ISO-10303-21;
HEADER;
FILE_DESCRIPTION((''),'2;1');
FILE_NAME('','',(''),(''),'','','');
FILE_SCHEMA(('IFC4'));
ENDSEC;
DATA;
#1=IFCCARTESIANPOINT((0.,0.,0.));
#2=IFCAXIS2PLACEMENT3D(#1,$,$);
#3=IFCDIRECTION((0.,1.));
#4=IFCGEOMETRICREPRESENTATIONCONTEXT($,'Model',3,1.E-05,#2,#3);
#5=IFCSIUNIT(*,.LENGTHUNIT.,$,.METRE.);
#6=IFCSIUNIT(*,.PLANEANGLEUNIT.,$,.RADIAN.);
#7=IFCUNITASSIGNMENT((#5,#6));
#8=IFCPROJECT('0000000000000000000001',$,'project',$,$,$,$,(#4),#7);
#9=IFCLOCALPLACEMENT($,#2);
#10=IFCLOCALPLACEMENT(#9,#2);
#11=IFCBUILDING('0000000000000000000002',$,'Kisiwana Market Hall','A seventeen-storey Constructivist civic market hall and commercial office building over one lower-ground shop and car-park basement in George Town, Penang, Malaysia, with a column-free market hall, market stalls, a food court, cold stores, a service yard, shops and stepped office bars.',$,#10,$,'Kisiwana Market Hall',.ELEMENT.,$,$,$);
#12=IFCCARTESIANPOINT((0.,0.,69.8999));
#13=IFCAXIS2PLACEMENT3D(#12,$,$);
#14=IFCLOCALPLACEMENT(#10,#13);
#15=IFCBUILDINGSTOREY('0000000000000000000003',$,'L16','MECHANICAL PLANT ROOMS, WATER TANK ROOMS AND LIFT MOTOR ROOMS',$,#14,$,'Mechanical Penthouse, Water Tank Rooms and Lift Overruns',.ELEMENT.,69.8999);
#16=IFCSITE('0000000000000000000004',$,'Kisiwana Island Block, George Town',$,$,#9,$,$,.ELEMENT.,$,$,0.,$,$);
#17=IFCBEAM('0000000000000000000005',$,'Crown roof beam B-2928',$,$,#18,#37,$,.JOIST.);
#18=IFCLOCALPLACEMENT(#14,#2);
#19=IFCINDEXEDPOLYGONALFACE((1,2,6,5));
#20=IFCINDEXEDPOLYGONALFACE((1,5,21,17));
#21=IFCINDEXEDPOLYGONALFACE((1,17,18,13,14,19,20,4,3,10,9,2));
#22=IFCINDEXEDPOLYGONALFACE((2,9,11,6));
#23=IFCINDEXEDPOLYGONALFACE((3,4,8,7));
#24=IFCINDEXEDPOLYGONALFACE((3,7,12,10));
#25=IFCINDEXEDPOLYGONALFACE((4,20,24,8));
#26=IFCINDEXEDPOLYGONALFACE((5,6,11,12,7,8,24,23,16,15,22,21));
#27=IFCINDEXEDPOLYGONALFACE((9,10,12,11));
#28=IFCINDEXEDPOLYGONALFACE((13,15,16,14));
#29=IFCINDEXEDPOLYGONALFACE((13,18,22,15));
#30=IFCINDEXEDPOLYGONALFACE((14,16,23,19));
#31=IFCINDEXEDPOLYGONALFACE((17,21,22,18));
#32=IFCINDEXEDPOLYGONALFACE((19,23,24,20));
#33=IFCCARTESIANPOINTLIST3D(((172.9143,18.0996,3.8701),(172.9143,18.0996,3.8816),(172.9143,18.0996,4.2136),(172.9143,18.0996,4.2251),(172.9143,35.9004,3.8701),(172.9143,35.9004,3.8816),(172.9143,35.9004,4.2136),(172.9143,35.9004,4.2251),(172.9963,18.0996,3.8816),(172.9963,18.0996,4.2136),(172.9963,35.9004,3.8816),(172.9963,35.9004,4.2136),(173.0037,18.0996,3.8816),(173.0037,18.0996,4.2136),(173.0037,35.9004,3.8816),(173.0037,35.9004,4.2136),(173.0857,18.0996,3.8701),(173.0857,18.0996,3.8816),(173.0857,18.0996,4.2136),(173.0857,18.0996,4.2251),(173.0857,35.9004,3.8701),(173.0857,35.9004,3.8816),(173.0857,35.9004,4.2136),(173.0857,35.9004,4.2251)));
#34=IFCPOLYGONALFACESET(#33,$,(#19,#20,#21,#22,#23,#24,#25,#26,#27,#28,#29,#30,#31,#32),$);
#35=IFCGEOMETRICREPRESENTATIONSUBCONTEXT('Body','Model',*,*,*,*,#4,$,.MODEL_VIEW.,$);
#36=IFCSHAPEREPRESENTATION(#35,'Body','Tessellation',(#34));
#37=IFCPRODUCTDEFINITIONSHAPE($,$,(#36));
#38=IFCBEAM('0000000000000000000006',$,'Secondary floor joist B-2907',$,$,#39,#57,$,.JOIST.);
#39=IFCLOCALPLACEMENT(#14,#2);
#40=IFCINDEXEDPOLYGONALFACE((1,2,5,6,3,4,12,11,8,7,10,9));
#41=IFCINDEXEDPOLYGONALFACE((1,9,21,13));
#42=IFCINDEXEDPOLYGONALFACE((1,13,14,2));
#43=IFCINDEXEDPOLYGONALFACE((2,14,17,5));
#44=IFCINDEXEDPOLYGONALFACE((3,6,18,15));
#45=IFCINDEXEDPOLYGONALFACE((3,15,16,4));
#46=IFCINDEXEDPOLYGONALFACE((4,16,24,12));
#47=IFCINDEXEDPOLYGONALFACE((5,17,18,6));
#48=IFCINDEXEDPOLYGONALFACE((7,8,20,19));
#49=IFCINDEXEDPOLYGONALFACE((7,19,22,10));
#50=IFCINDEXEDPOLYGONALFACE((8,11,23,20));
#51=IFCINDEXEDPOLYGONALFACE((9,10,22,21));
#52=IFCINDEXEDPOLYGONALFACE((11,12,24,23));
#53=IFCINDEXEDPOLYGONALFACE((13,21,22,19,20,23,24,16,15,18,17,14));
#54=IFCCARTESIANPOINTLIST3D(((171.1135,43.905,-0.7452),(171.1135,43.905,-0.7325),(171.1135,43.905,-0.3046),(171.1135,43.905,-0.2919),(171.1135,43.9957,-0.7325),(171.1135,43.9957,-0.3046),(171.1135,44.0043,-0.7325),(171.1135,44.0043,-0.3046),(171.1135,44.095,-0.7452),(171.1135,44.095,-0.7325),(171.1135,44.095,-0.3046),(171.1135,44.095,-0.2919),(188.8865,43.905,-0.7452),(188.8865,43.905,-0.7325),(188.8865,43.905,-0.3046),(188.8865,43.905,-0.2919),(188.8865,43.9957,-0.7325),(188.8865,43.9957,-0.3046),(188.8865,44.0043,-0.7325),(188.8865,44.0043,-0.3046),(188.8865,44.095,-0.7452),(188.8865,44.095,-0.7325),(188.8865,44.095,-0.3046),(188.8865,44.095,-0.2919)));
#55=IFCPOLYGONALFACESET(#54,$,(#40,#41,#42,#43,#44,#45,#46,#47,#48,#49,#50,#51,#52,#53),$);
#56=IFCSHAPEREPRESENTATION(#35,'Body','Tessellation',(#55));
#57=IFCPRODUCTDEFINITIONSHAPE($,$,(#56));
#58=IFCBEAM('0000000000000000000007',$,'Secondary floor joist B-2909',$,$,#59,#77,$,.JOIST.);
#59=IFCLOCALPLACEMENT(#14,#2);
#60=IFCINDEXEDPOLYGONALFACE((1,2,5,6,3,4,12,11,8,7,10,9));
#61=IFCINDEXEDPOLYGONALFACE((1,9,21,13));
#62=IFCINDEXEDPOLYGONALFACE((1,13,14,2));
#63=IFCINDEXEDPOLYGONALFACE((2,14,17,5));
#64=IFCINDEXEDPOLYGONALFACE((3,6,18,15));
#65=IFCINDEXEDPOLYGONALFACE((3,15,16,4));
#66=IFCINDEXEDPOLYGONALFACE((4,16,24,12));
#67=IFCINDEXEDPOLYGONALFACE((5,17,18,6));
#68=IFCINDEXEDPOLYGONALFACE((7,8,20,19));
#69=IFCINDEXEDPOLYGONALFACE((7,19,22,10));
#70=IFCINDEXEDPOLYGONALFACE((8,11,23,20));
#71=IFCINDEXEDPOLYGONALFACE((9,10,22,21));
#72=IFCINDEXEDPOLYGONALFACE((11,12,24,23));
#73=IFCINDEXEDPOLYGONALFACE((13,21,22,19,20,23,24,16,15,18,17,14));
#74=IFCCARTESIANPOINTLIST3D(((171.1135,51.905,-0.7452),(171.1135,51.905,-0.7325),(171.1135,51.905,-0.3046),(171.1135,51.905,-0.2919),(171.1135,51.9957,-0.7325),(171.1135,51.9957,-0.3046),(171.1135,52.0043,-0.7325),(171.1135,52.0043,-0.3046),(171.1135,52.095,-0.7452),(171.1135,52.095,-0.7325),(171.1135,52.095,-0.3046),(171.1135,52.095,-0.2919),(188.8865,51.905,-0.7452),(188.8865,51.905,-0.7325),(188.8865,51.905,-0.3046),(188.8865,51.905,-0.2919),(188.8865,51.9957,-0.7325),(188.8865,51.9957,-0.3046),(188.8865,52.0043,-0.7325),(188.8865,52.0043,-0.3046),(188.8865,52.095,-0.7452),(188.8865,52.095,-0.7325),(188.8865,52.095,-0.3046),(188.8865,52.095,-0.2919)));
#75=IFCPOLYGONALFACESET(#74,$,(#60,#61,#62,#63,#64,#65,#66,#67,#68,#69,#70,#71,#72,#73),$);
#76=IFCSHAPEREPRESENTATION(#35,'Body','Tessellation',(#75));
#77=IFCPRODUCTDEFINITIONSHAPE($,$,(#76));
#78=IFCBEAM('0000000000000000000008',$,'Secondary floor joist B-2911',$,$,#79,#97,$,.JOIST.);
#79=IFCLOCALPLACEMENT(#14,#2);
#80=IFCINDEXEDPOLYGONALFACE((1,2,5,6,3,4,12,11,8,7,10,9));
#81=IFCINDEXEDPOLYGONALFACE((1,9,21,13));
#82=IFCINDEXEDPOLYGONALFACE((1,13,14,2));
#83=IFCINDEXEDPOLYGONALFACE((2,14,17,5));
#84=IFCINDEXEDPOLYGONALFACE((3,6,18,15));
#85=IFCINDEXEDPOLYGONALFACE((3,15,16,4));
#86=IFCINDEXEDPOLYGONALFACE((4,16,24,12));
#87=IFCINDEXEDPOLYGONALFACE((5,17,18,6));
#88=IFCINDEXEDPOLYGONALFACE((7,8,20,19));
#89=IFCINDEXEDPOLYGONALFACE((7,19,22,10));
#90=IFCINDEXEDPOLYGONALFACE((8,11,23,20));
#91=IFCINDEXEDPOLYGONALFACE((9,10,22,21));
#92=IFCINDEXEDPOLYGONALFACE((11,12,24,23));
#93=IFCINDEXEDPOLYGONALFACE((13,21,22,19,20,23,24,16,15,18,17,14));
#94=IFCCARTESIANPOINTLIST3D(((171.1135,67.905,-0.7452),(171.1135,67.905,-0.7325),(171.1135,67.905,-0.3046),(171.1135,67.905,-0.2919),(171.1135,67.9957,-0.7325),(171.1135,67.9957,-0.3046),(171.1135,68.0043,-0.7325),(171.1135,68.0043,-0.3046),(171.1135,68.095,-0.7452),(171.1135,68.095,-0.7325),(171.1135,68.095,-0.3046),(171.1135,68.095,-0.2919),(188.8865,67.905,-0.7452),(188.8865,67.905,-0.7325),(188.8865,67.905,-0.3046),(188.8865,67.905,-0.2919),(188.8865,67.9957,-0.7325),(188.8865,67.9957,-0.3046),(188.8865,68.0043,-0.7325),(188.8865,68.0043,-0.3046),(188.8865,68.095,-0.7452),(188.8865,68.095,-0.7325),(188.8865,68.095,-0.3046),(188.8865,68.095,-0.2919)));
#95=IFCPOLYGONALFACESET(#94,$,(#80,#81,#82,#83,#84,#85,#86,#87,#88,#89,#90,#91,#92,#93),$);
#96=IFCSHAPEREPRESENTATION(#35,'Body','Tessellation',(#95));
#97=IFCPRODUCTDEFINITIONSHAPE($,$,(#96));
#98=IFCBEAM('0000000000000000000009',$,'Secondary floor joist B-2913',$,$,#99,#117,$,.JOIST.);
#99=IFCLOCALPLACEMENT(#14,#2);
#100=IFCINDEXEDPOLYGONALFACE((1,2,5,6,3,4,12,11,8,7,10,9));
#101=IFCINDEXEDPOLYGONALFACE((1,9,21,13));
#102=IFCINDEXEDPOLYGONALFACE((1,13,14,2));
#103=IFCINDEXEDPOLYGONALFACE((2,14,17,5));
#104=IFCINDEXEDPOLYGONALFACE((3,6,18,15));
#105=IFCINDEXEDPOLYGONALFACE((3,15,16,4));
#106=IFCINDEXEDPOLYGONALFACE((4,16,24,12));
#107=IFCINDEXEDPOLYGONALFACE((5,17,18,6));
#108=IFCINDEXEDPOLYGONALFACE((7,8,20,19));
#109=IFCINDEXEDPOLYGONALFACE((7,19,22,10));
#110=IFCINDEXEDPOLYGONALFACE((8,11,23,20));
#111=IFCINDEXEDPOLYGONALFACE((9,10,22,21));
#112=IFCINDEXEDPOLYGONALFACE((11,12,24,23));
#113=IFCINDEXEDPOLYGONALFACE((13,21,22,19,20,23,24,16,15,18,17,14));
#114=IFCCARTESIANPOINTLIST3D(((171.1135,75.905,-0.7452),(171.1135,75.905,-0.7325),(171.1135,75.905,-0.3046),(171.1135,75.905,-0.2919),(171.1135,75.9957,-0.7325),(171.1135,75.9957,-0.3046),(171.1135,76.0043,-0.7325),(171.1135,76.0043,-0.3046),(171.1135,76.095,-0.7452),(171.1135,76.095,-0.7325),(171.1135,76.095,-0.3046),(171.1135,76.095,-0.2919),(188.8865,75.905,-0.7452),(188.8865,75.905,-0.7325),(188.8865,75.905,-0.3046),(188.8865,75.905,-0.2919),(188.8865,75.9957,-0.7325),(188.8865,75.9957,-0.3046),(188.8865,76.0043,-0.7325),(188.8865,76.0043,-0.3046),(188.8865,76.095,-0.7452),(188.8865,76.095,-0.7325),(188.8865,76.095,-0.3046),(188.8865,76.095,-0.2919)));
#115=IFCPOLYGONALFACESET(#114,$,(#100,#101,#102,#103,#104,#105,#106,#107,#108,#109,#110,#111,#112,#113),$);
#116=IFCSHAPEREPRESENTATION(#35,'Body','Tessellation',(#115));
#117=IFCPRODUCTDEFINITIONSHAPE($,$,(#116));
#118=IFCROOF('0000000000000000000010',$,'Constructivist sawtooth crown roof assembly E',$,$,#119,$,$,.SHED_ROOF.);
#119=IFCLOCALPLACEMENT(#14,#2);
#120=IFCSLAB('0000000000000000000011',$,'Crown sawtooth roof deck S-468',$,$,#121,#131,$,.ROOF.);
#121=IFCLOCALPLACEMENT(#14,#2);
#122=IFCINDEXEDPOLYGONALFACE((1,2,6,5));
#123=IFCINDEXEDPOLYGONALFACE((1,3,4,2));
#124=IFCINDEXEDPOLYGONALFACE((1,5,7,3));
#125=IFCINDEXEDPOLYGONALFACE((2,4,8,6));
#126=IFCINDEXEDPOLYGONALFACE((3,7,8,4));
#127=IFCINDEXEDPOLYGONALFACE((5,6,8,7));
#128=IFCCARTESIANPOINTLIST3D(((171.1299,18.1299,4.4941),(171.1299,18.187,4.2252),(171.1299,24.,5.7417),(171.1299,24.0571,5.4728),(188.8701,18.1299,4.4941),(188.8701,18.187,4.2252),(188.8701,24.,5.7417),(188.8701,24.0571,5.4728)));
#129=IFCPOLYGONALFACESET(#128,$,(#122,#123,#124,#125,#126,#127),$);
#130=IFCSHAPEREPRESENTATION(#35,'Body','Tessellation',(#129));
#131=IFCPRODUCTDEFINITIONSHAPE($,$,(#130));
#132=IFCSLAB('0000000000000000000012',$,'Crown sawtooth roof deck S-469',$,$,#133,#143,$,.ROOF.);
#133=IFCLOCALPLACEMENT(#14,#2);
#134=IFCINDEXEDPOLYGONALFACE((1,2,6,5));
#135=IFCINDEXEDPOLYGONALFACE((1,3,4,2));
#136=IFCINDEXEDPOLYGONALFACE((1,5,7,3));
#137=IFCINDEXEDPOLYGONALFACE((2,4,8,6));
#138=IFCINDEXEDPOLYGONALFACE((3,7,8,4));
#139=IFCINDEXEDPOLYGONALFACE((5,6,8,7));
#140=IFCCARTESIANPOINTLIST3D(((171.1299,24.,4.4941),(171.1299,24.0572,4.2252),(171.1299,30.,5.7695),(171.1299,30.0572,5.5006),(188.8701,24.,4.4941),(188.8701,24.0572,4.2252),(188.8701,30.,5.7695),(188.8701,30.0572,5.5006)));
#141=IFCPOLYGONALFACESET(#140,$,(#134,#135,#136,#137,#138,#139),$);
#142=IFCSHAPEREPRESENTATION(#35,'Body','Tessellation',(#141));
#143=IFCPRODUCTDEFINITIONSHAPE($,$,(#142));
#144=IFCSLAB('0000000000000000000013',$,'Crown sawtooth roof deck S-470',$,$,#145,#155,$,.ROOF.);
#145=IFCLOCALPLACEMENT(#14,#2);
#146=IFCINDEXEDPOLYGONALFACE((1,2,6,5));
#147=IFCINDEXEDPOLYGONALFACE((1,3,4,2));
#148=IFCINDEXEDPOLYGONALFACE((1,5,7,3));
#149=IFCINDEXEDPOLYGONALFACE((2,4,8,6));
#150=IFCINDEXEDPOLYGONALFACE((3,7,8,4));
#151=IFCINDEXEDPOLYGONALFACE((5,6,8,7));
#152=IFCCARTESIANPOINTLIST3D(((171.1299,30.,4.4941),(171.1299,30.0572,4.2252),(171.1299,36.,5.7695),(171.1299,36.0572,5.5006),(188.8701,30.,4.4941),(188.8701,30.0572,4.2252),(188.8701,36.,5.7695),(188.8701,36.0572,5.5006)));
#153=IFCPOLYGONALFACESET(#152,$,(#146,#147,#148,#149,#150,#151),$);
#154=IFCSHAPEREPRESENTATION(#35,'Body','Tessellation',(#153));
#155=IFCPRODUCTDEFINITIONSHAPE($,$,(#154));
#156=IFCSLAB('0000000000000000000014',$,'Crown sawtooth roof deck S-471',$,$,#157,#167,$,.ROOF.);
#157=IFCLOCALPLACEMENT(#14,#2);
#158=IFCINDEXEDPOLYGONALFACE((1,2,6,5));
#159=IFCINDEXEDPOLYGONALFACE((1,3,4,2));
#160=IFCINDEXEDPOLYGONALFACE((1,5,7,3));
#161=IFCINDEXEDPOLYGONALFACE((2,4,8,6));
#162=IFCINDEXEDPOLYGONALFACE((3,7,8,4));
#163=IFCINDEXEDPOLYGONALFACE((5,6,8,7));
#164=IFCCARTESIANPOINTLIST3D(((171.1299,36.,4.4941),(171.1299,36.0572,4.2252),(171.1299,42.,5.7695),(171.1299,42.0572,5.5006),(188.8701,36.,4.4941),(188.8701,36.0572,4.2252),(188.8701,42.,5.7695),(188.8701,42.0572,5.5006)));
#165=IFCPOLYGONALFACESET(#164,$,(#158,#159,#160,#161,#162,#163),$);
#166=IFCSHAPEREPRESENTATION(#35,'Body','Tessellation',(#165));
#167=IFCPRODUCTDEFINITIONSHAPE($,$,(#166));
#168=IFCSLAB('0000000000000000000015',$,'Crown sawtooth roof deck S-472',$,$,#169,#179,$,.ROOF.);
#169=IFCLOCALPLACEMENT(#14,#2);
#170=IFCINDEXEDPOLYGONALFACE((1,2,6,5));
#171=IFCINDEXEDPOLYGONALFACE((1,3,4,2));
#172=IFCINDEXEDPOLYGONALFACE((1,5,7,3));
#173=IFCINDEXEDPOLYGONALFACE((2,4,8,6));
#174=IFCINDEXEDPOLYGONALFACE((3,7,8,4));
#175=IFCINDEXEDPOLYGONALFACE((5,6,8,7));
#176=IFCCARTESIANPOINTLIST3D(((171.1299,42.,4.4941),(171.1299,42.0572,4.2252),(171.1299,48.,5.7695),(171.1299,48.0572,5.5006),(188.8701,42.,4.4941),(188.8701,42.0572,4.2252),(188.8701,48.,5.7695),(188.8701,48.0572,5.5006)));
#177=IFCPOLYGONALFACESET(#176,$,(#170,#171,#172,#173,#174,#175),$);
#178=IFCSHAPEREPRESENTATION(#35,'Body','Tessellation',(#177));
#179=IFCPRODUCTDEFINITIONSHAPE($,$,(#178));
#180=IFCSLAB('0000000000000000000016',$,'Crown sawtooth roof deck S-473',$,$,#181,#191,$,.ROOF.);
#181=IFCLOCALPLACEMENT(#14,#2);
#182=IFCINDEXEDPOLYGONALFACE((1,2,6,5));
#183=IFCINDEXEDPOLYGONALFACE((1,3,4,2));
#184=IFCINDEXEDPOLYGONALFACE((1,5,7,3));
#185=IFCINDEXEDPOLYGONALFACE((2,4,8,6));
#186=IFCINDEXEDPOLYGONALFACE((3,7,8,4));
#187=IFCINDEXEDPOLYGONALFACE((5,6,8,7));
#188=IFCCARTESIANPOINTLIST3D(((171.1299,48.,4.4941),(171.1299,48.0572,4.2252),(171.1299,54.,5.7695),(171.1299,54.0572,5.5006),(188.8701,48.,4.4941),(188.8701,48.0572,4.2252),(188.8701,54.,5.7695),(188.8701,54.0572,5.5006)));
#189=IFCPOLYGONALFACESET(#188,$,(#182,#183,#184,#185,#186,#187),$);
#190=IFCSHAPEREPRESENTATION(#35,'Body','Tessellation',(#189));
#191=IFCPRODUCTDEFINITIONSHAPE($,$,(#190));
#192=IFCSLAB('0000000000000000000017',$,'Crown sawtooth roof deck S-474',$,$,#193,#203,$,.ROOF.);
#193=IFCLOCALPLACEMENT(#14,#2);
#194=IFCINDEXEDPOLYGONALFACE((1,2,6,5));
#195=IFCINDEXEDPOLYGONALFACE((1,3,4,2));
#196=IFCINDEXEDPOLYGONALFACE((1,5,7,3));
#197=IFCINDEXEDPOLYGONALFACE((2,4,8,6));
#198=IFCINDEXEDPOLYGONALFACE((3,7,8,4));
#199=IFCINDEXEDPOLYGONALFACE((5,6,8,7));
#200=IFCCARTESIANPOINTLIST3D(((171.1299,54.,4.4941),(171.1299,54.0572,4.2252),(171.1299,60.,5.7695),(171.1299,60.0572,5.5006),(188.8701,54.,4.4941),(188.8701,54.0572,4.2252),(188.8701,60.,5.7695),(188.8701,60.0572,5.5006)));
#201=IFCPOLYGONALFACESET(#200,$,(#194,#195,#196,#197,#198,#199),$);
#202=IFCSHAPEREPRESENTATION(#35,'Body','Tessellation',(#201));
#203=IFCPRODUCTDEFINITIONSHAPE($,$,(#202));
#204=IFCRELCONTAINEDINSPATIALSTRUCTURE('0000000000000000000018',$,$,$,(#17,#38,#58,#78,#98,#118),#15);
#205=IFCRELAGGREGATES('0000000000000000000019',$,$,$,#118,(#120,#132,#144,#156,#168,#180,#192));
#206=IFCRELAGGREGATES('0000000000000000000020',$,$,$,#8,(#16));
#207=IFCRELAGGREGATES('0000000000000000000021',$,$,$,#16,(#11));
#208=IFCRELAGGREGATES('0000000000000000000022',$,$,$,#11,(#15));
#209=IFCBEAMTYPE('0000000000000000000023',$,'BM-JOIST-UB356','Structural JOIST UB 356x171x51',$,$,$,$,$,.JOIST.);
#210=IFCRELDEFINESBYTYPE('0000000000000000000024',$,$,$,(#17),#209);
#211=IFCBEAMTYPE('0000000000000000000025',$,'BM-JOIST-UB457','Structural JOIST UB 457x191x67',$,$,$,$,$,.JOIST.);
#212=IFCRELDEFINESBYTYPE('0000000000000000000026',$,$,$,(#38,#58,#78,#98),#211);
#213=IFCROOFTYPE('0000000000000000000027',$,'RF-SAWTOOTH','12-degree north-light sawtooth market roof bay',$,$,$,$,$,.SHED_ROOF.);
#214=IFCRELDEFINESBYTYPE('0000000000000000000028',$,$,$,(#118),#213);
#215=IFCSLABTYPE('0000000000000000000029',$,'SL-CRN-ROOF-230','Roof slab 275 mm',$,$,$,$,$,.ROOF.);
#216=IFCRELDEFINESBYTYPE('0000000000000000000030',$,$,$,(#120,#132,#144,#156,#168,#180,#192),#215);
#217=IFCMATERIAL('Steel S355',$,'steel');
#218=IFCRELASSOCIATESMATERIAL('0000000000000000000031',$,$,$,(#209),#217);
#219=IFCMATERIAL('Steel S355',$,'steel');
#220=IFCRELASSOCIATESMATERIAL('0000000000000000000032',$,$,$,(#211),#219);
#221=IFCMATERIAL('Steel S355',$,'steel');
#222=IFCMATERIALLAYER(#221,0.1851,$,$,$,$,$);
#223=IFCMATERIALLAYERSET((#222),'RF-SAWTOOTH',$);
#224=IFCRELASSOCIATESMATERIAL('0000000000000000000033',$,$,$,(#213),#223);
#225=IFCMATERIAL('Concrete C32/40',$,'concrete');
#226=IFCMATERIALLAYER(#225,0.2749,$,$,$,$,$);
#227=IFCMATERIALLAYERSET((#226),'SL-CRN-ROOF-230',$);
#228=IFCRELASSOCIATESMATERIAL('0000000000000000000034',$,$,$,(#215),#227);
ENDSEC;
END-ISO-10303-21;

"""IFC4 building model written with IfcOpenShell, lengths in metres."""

from ifc_helpers import new_model, si_unit, direction, frame, origin, origin_2d, place, context, subcontext, project, spatial, polyline, i_section, outline, extrude, material, layer, layer_set, material_profile, profile_set, type_object, element, aggregate, save


model = new_model("IFC4")

# Units and contexts
model_context = context("Model", 3, precision=1e-05, world=origin(), true_north=direction((0.0, 1.0)))
body_context = subcontext(model_context, "Body", "Model", "MODEL_VIEW")
ifc_project = project(units=[si_unit("LENGTHUNIT", "METRE"), si_unit("PLANEANGLEUNIT", "RADIAN")], contexts=[model_context])

# Site, building, storey
site_placement = place(None, origin())
site = spatial("IfcSite", under=ifc_project, at=site_placement, Name="Kisiwana Island Block, George Town", CompositionType="ELEMENT", RefElevation=0.0)
building_placement = place(site_placement, origin())
building = spatial("IfcBuilding", under=site, at=building_placement, Name="Kisiwana Market Hall", Description="A seventeen-storey Constructivist civic market hall and commercial office building over one lower-ground shop and car-park basement in George Town, Penang, Malaysia, with a column-free market hall, market stalls, a food court, cold stores, a service yard, shops and stepped office bars.", LongName="Kisiwana Market Hall", CompositionType="ELEMENT")
storey_placement = place(building_placement, frame((0.0, 0.0, 69.8999)))
storey = spatial("IfcBuildingStorey", under=building, at=storey_placement, Name="L16", Description="MECHANICAL PLANT ROOMS, WATER TANK ROOMS AND LIFT MOTOR ROOMS", LongName="Mechanical Penthouse, Water Tank Rooms and Lift Overruns", CompositionType="ELEMENT", Elevation=69.8999)

# Beams
ifc_material_1 = material(Name="Steel S355", Category="steel")
ifc_material_profile_1 = material_profile(ifc_material_1, i_section(OverallWidth=0.1714, OverallDepth=0.355, WebThickness=0.0073, FlangeThickness=0.0115, at=origin_2d()), Name="UB 356x171x51")
ifc_profile_set_1 = profile_set([ifc_material_profile_1], Name="Steel S355")
beam_type_1 = type_object("IfcBeamType", Name="BM-JOIST-UB356", Description="Structural JOIST UB 356x171x51", PredefinedType="JOIST", material=ifc_profile_set_1)
beam_placement = place(storey_placement, frame((173.0, 18.0996, 4.0476), z_axis=(0.0, 1.0, 0.0), x_axis=(-1.0, 0.0, 0.0)))
element("IfcBeam", 1, at=beam_placement, inside=storey, type_object=beam_type_1, Name="Crown roof beam B-2928", PredefinedType="JOIST", context=body_context, shape_type="SweptSolid", body=[
    extrude(i_section(OverallWidth=0.1714, OverallDepth=0.355, WebThickness=0.0073, FlangeThickness=0.0115, at=origin_2d()), origin(), (0.0, 0.0, 1.0), 17.8008),
])
ifc_material_2 = material(Name="Steel S355", Category="steel")
ifc_material_profile_2 = material_profile(ifc_material_2, i_section(OverallWidth=0.1899, OverallDepth=0.4534, WebThickness=0.0085, FlangeThickness=0.0127, at=origin_2d()), Name="UB 457x191x67")
ifc_profile_set_2 = profile_set([ifc_material_profile_2], Name="Steel S355")
beam_type_2 = type_object("IfcBeamType", Name="BM-JOIST-UB457", Description="Structural JOIST UB 457x191x67", PredefinedType="JOIST", material=ifc_profile_set_2)
for number, where, z_axis, x_axis, name in (
    (2, (171.1135, 44.0, -0.5186), (1.0, 0.0, 0.0), (0.0, 1.0, 0.0), "Secondary floor joist B-2907"),
    (3, (171.1135, 52.0, -0.5186), (1.0, 0.0, 0.0), (0.0, 1.0, 0.0), "Secondary floor joist B-2909"),
    (4, (171.1135, 68.0, -0.5186), (1.0, 0.0, 0.0), (0.0, 1.0, 0.0), "Secondary floor joist B-2911"),
    (5, (171.1135, 76.0, -0.5186), (1.0, 0.0, 0.0), (0.0, 1.0, 0.0), "Secondary floor joist B-2913"),
):
    element("IfcBeam", number, at=place(storey_placement, frame(where, z_axis=z_axis, x_axis=x_axis)), inside=storey, type_object=beam_type_2, Name=name, PredefinedType="JOIST", context=body_context, shape_type="SweptSolid", body=[
        extrude(i_section(OverallWidth=0.1899, OverallDepth=0.4534, WebThickness=0.0085, FlangeThickness=0.0127, at=origin_2d()), origin(), (0.0, 0.0, 1.0), 17.7729),
    ])

# Roof, slabs
ifc_material_3 = material(Name="Steel S355", Category="steel")
ifc_layer_1 = layer(ifc_material_3, 0.1851)
ifc_layer_set_1 = layer_set([ifc_layer_1], Name="RF-SAWTOOTH")
roof_type = type_object("IfcRoofType", Name="RF-SAWTOOTH", Description="12-degree north-light sawtooth market roof bay", PredefinedType="SHED_ROOF", material=ifc_layer_set_1)
roof_placement = place(storey_placement, origin())
roof = element("IfcRoof", 6, at=roof_placement, inside=storey, type_object=roof_type, Name="Constructivist sawtooth crown roof assembly E", PredefinedType="SHED_ROOF")
ifc_material_4 = material(Name="Concrete C32/40", Category="concrete")
ifc_layer_2 = layer(ifc_material_4, 0.2749)
ifc_layer_set_2 = layer_set([ifc_layer_2], Name="SL-CRN-ROOF-230")
slab_type = type_object("IfcSlabType", Name="SL-CRN-ROOF-230", Description="Roof slab 275 mm", PredefinedType="ROOF", material=ifc_layer_set_2)
slab_1_placement = place(storey_placement, frame((171.1299, 18.1299, 4.4941), z_axis=(0.0, -0.207884, 0.978153), x_axis=(1.0, 0.0, 0.0)))
slab_1 = element("IfcSlab", 7, at=slab_1_placement, type_object=slab_type, Name="Crown sawtooth roof deck S-468", PredefinedType="ROOF", context=body_context, shape_type="SweptSolid", body=[
    extrude(outline(polyline([(0.0, 0.0), (17.7402, 0.0), (17.7402, 6.0012), (0.0, 6.0012), (0.0, 0.0)])), origin(), (0.0, 0.0, -1.0), 0.2749),
])
slab_2_placement = place(storey_placement, frame((171.1299, 24.0, 4.4941), z_axis=(0.0, -0.20792, 0.978146), x_axis=(1.0, 0.0, 0.0)))
slab_2 = element("IfcSlab", 8, at=slab_2_placement, type_object=slab_type, Name="Crown sawtooth roof deck S-469", PredefinedType="ROOF", context=body_context, shape_type="SweptSolid", body=[
    extrude(outline(polyline([(0.0, 0.0), (17.7402, 0.0), (17.7402, 6.1341), (0.0, 6.1341), (0.0, 0.0)])), origin(), (0.0, 0.0, -1.0), 0.2749),
])
slab_3_placement = place(storey_placement, frame((171.1299, 30.0, 4.4941), z_axis=(0.0, -0.20792, 0.978146), x_axis=(1.0, 0.0, 0.0)))
slab_3 = element("IfcSlab", 9, at=slab_3_placement, type_object=slab_type, Name="Crown sawtooth roof deck S-470", PredefinedType="ROOF", context=body_context, shape_type="SweptSolid", body=[
    extrude(outline(polyline([(0.0, 0.0), (17.7402, 0.0), (17.7402, 6.1341), (0.0, 6.1341), (0.0, 0.0)])), origin(), (0.0, 0.0, -1.0), 0.2749),
])
slab_4_placement = place(storey_placement, frame((171.1299, 36.0, 4.4941), z_axis=(0.0, -0.20792, 0.978146), x_axis=(1.0, 0.0, 0.0)))
slab_4 = element("IfcSlab", 10, at=slab_4_placement, type_object=slab_type, Name="Crown sawtooth roof deck S-471", PredefinedType="ROOF", context=body_context, shape_type="SweptSolid", body=[
    extrude(outline(polyline([(0.0, 0.0), (17.7402, 0.0), (17.7402, 6.1341), (0.0, 6.1341), (0.0, 0.0)])), origin(), (0.0, 0.0, -1.0), 0.2749),
])
slab_5_placement = place(storey_placement, frame((171.1299, 42.0, 4.4941), z_axis=(0.0, -0.20792, 0.978146), x_axis=(1.0, 0.0, 0.0)))
slab_5 = element("IfcSlab", 11, at=slab_5_placement, type_object=slab_type, Name="Crown sawtooth roof deck S-472", PredefinedType="ROOF", context=body_context, shape_type="SweptSolid", body=[
    extrude(outline(polyline([(0.0, 0.0), (17.7402, 0.0), (17.7402, 6.1341), (0.0, 6.1341), (0.0, 0.0)])), origin(), (0.0, 0.0, -1.0), 0.2749),
])
slab_6_placement = place(storey_placement, frame((171.1299, 48.0, 4.4941), z_axis=(0.0, -0.20792, 0.978146), x_axis=(1.0, 0.0, 0.0)))
slab_6 = element("IfcSlab", 12, at=slab_6_placement, type_object=slab_type, Name="Crown sawtooth roof deck S-473", PredefinedType="ROOF", context=body_context, shape_type="SweptSolid", body=[
    extrude(outline(polyline([(0.0, 0.0), (17.7402, 0.0), (17.7402, 6.1341), (0.0, 6.1341), (0.0, 0.0)])), origin(), (0.0, 0.0, -1.0), 0.2749),
])
slab_7_placement = place(storey_placement, frame((171.1299, 54.0, 4.4941), z_axis=(0.0, -0.20792, 0.978146), x_axis=(1.0, 0.0, 0.0)))
slab_7 = element("IfcSlab", 13, at=slab_7_placement, type_object=slab_type, Name="Crown sawtooth roof deck S-474", PredefinedType="ROOF", context=body_context, shape_type="SweptSolid", body=[
    extrude(outline(polyline([(0.0, 0.0), (17.7402, 0.0), (17.7402, 6.1341), (0.0, 6.1341), (0.0, 0.0)])), origin(), (0.0, 0.0, -1.0), 0.2749),
])
aggregate(roof, [slab_1, slab_2, slab_3, slab_4, slab_5, slab_6, slab_7])

save(model, "model.ifc")
